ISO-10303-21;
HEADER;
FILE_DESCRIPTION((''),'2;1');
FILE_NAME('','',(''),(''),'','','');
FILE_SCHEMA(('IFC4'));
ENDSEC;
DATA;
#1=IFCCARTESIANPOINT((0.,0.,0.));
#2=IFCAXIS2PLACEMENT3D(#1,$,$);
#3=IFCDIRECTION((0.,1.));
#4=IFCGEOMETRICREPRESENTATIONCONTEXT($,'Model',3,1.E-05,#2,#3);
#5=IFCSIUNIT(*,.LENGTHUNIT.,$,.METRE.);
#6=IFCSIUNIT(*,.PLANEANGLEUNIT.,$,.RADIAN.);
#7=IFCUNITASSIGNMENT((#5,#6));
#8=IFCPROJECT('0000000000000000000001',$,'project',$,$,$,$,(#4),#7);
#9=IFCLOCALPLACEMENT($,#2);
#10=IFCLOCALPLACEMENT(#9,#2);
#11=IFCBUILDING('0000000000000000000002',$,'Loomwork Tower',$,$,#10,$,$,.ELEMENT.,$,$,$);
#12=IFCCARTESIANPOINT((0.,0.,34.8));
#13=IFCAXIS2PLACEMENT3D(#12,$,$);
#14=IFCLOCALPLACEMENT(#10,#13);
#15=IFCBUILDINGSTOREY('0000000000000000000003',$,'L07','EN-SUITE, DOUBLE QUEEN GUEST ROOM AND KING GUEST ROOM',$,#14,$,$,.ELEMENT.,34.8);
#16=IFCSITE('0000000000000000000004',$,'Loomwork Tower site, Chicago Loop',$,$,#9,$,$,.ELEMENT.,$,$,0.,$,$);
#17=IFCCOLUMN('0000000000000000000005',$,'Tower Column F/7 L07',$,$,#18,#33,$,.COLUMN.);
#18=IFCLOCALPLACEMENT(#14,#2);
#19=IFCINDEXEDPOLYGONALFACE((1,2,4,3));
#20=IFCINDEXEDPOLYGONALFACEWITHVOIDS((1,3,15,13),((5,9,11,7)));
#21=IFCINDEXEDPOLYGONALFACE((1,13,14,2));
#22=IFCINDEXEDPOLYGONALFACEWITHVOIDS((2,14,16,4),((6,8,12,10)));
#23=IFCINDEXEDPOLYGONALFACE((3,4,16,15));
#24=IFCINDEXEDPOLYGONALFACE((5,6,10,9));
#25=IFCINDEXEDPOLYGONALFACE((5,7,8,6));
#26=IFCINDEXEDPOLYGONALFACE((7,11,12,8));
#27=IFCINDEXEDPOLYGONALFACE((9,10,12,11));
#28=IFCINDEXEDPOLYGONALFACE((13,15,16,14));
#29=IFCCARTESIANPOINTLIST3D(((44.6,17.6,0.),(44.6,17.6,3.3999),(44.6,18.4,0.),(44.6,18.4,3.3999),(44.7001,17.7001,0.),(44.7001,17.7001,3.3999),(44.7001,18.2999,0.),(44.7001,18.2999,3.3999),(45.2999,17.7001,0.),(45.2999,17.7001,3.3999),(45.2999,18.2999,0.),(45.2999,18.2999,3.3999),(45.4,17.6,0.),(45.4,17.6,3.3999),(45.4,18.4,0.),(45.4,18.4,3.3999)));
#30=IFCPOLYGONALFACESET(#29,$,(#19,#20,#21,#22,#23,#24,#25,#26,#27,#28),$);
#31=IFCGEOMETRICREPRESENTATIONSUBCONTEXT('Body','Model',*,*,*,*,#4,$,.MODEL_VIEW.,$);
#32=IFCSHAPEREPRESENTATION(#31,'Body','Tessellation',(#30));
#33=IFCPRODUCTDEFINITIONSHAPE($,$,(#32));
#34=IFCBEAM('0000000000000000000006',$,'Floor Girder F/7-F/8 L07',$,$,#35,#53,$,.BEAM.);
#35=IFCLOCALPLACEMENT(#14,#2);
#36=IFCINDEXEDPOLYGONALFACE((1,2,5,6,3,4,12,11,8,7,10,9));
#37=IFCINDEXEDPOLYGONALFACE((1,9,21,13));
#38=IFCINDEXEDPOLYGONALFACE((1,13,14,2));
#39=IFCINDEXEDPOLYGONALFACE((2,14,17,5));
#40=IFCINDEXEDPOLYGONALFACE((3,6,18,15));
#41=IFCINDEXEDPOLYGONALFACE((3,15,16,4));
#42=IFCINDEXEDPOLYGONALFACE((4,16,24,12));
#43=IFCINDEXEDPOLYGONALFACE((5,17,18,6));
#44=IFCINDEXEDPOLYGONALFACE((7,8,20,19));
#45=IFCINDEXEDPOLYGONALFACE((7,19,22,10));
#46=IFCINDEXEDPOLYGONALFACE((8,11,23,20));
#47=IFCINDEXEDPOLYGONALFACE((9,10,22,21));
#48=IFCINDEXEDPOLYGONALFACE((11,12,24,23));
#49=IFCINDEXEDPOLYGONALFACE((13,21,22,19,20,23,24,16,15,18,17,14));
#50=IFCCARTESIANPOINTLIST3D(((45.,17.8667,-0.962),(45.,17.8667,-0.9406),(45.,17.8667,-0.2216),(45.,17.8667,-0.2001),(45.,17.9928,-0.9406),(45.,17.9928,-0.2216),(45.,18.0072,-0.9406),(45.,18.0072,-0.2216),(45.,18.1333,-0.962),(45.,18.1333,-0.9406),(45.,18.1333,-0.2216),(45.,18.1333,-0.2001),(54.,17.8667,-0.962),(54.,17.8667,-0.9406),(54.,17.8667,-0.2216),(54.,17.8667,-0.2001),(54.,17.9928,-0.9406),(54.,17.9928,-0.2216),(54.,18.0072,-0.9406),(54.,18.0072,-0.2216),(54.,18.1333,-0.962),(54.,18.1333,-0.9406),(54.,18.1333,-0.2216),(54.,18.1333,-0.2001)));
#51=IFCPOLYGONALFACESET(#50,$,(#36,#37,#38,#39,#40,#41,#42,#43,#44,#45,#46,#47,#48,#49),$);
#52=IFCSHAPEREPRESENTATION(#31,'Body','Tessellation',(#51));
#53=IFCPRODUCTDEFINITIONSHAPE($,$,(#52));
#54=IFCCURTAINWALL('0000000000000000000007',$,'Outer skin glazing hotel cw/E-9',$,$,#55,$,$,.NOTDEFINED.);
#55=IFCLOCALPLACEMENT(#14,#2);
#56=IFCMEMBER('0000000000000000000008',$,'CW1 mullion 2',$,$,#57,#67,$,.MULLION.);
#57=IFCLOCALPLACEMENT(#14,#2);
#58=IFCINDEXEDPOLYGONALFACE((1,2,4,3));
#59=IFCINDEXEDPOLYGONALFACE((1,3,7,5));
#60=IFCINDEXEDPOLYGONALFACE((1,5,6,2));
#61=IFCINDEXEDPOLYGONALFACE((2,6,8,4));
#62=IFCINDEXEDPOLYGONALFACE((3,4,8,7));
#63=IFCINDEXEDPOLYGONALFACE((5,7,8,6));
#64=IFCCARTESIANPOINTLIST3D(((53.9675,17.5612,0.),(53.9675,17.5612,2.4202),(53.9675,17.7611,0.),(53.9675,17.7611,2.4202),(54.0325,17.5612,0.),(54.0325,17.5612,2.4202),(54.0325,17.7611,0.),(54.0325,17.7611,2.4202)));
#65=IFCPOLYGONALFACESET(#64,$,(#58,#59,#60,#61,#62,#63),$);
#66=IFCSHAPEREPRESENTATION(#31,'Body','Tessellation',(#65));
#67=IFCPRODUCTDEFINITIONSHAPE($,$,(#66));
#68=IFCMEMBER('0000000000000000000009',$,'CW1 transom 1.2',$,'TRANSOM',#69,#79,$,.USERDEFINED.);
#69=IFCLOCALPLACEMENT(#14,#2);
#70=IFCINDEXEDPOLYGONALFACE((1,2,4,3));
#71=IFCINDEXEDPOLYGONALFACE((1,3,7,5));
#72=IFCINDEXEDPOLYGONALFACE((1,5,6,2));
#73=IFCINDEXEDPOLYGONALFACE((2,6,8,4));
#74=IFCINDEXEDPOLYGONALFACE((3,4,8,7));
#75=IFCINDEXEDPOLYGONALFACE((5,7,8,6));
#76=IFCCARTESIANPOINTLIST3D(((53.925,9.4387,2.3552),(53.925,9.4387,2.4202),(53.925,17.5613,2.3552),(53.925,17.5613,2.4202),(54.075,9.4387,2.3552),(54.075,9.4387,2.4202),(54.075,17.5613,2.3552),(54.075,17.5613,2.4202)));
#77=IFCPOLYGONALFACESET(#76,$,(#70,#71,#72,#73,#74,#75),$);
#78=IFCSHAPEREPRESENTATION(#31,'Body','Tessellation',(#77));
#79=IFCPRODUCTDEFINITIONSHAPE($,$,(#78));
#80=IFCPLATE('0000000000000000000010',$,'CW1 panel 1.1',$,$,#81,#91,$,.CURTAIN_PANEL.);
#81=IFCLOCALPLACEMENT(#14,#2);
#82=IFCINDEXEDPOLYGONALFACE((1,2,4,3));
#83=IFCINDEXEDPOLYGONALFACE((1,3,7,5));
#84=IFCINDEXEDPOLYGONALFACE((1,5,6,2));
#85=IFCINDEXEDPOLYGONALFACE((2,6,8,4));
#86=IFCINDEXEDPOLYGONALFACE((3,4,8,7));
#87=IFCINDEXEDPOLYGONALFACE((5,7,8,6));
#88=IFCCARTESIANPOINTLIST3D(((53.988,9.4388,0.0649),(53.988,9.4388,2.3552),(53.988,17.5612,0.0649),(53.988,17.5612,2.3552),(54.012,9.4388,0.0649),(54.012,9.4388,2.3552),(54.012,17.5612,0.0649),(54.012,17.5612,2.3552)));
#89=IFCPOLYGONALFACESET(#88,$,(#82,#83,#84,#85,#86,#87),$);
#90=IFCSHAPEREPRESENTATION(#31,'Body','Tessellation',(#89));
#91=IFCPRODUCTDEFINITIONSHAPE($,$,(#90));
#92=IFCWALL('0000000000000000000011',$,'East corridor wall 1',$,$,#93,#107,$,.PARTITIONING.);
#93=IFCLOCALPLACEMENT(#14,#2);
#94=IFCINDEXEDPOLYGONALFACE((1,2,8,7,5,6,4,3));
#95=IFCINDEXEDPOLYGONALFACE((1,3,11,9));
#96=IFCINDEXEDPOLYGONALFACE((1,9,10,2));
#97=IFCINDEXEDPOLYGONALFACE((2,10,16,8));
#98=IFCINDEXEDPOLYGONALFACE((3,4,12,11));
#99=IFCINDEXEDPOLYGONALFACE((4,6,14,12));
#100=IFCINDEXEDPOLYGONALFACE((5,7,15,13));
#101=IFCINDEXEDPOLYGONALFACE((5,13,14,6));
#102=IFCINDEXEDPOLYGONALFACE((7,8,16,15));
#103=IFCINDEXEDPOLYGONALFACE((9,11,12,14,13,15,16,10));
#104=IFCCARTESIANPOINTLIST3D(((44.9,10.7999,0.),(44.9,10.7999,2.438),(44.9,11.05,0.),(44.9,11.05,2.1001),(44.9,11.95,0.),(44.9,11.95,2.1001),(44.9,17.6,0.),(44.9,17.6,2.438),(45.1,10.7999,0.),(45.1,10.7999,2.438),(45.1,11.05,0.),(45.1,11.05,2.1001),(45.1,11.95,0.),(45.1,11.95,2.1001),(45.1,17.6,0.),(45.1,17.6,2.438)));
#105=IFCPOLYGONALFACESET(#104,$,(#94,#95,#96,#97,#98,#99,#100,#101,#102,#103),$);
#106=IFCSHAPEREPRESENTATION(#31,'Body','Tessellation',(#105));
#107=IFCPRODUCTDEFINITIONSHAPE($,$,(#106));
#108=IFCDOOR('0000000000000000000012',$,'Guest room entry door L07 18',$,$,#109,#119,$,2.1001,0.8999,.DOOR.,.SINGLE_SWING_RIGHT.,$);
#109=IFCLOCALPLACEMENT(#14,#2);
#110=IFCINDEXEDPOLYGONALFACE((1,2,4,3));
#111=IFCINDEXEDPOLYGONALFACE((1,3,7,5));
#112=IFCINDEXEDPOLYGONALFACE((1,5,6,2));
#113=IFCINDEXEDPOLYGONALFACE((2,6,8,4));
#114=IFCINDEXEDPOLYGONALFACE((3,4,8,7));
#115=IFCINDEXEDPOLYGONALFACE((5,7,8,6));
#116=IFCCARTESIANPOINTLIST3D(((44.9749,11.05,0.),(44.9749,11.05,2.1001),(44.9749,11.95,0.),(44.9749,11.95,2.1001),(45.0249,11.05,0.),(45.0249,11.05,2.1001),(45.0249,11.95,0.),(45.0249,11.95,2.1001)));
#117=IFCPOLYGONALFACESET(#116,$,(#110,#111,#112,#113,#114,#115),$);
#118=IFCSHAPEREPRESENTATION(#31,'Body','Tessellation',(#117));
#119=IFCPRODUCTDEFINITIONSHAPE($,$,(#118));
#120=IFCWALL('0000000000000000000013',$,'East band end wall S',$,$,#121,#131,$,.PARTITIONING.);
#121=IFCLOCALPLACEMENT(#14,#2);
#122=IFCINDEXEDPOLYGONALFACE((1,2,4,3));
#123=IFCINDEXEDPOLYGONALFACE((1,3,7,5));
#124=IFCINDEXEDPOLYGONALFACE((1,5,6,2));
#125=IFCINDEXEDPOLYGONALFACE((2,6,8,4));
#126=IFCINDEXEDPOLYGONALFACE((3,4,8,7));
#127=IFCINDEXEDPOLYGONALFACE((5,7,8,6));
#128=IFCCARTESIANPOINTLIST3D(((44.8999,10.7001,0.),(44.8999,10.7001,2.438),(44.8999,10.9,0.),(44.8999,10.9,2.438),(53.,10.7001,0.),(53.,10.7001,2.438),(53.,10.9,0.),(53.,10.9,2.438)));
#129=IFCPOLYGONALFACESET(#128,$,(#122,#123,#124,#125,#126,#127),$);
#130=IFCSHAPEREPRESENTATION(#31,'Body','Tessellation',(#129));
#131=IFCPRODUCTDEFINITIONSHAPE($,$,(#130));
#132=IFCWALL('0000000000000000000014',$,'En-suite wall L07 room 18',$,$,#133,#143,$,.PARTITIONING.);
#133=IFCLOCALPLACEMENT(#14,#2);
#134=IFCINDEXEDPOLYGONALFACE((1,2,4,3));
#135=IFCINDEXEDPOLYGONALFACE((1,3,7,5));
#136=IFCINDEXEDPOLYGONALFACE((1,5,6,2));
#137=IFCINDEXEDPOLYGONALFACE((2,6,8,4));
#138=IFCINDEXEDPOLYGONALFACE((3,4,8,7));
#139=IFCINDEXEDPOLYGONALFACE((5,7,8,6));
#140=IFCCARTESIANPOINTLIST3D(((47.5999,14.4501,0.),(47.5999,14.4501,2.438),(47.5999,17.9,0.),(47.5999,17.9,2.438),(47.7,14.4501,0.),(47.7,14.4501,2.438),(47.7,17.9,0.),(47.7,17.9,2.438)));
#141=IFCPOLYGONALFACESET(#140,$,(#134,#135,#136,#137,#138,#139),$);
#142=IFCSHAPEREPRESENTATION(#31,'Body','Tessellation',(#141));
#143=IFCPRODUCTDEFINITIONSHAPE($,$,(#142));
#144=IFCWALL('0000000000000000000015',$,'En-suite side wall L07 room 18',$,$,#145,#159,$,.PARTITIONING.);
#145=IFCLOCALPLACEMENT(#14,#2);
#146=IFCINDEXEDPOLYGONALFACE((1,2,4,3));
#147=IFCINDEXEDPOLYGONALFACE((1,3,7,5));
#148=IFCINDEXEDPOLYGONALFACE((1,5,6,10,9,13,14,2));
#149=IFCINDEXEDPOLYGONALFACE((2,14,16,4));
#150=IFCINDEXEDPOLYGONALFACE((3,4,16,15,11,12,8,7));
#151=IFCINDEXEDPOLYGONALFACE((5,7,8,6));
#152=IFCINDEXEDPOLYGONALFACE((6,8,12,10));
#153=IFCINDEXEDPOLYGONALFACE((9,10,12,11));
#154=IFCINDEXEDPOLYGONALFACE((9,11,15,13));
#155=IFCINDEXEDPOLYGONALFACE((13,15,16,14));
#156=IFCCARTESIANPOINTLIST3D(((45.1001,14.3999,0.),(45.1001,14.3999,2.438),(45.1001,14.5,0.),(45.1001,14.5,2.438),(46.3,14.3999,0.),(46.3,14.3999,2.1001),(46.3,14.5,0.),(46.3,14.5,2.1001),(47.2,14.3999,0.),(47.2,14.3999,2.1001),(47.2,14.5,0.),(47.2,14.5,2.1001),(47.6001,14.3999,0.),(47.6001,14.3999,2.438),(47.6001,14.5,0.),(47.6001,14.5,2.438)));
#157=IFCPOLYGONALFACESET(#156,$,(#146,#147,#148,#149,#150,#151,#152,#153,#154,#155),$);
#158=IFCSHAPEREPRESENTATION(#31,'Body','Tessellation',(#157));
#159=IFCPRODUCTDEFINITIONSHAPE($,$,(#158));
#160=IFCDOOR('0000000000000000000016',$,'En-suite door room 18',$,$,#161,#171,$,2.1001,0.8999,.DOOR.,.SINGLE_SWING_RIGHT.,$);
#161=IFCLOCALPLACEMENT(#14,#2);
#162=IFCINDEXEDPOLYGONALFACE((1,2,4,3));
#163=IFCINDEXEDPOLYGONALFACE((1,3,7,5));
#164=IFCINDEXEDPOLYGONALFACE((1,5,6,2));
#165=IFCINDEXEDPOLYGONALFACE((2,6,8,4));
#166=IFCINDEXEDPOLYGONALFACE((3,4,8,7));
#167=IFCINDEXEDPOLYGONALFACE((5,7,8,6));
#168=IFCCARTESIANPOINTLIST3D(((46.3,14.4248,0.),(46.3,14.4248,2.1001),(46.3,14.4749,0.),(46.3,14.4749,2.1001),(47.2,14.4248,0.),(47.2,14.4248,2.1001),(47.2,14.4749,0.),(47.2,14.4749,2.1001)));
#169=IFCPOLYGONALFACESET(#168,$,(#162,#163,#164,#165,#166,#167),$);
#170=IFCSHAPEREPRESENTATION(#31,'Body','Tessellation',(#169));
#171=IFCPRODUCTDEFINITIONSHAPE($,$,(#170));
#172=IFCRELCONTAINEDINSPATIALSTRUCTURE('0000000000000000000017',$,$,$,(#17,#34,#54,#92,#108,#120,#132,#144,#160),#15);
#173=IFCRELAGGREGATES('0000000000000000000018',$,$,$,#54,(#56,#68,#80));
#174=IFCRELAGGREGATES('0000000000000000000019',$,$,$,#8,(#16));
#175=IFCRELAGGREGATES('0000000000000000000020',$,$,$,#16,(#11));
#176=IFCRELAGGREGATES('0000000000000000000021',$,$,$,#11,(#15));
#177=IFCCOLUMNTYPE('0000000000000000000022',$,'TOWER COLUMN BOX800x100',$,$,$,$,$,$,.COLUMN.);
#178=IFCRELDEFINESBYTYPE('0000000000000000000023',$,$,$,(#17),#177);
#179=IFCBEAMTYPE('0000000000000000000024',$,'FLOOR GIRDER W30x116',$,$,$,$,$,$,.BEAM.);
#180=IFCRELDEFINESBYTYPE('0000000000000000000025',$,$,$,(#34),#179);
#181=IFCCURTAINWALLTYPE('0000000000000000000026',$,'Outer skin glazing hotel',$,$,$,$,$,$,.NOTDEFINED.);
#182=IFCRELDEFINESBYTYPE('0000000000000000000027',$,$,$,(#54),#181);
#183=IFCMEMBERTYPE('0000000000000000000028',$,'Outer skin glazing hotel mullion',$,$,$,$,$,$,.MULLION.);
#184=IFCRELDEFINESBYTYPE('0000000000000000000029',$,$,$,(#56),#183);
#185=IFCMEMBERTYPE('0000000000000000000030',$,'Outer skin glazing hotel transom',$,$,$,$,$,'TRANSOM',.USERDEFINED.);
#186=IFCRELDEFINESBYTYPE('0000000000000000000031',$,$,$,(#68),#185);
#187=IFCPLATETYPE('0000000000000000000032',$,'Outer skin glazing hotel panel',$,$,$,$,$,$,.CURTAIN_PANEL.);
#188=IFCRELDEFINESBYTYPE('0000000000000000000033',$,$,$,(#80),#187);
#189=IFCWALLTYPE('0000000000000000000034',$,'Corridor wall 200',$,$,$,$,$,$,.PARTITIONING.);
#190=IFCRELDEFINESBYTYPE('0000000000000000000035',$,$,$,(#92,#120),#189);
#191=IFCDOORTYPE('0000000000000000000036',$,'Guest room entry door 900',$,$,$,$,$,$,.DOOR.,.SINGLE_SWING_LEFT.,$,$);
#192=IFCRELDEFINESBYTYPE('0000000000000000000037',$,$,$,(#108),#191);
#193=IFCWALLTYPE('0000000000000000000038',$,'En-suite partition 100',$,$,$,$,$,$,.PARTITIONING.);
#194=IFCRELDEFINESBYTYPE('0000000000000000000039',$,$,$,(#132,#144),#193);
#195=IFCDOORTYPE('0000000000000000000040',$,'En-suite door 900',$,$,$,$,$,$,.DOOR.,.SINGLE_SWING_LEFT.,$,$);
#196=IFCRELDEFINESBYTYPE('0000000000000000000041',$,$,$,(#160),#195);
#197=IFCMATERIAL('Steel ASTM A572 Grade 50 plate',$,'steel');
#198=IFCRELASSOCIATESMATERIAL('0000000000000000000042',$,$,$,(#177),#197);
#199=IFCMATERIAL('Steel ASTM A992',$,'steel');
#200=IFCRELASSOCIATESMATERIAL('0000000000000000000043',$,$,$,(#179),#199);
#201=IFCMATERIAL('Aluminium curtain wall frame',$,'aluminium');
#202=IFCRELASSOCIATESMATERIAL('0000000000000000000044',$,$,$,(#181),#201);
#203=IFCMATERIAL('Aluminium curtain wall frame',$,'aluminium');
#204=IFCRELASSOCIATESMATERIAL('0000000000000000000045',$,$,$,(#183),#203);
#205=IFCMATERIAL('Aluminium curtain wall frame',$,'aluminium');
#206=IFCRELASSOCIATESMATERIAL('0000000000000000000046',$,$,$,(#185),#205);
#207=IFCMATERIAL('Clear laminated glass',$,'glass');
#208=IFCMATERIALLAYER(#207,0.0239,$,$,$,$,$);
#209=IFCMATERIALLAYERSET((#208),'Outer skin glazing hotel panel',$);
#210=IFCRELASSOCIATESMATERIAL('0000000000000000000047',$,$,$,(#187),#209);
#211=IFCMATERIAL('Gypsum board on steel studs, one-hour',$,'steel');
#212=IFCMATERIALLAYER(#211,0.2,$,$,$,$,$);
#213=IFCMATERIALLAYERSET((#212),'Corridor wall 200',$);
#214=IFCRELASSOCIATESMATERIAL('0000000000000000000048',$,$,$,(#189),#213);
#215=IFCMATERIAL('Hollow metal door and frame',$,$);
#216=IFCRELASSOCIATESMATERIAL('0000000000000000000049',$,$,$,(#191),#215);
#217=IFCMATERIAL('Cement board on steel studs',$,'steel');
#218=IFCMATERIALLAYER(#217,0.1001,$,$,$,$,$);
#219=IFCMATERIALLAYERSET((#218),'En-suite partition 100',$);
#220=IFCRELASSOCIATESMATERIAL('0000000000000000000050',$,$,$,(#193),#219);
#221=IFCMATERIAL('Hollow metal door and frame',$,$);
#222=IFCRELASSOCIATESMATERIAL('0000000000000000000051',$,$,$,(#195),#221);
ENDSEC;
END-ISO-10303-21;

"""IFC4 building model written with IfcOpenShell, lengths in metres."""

from ifc_helpers import new_model, si_unit, direction, frame, frame_2d, origin, origin_2d, place, context, subcontext, project, spatial, rectangle, hollow_rectangle, i_section, extrude, material, layer, layer_set, material_profile, profile_set, type_object, element, fill, aggregate, save


model = new_model("IFC4")

# Units and contexts
model_context = context("Model", 3, precision=1e-05, world=origin(), true_north=direction((0.0, 1.0)))
body_context = subcontext(model_context, "Body", "Model", "MODEL_VIEW")
ifc_project = project(units=[si_unit("LENGTHUNIT", "METRE"), si_unit("PLANEANGLEUNIT", "RADIAN")], contexts=[model_context])

# Site, building, storey
site_placement = place(None, origin())
site = spatial("IfcSite", under=ifc_project, at=site_placement, Name="Loomwork Tower site, Chicago Loop", CompositionType="ELEMENT", RefElevation=0.0)
building_placement = place(site_placement, origin())
building = spatial("IfcBuilding", under=site, at=building_placement, Name="Loomwork Tower", CompositionType="ELEMENT")
storey_placement = place(building_placement, frame((0.0, 0.0, 34.8)))
storey = spatial("IfcBuildingStorey", under=building, at=storey_placement, Name="L07", Description="EN-SUITE, DOUBLE QUEEN GUEST ROOM AND KING GUEST ROOM", CompositionType="ELEMENT", Elevation=34.8)

# Column
ifc_material_1 = material(Name="Steel ASTM A572 Grade 50 plate", Category="steel")
ifc_material_profile_1 = material_profile(ifc_material_1, hollow_rectangle(XDim=0.8, YDim=0.8, WallThickness=0.1001, at=origin_2d()), Name="BOX800x100")
ifc_profile_set_1 = profile_set([ifc_material_profile_1], Name="Steel ASTM A572 Grade 50 plate")
column_type = type_object("IfcColumnType", Name="TOWER COLUMN BOX800x100", PredefinedType="COLUMN", material=ifc_profile_set_1)
column_placement = place(storey_placement, frame((45.0, 18.0, 0.0), z_axis=(0.0, 0.0, 1.0), x_axis=(0.0, 1.0, 0.0)))
element("IfcColumn", 1, at=column_placement, inside=storey, type_object=column_type, Name="Tower Column F/7 L07", PredefinedType="COLUMN", context=body_context, shape_type="SweptSolid", body=[
    extrude(hollow_rectangle(XDim=0.8, YDim=0.8, WallThickness=0.1001, at=origin_2d()), origin(), (0.0, 0.0, 1.0), 3.3999),
])

# Beam
ifc_material_2 = material(Name="Steel ASTM A992", Category="steel")
ifc_material_profile_2 = material_profile(ifc_material_2, i_section(OverallWidth=0.2666, OverallDepth=0.762, WebThickness=0.0144, FlangeThickness=0.0215, at=origin_2d()), Name="W30x116")
ifc_profile_set_2 = profile_set([ifc_material_profile_2], Name="Steel ASTM A992")
beam_type = type_object("IfcBeamType", Name="FLOOR GIRDER W30x116", PredefinedType="BEAM", material=ifc_profile_set_2)
beam_placement = place(storey_placement, frame((45.0, 18.0, -0.5811), z_axis=(1.0, 0.0, 0.0), x_axis=(0.0, 1.0, 0.0)))
element("IfcBeam", 2, at=beam_placement, inside=storey, type_object=beam_type, Name="Floor Girder F/7-F/8 L07", PredefinedType="BEAM", context=body_context, shape_type="SweptSolid", body=[
    extrude(i_section(OverallWidth=0.2666, OverallDepth=0.762, WebThickness=0.0144, FlangeThickness=0.0215, at=origin_2d()), origin(), (0.0, 0.0, 1.0), 9.0),
])

# Curtain wall, members, plate
ifc_material_3 = material(Name="Aluminium curtain wall frame", Category="aluminium")
curtain_wall_type = type_object("IfcCurtainWallType", Name="Outer skin glazing hotel", PredefinedType="NOTDEFINED", material=ifc_material_3)
curtain_wall_placement = place(storey_placement, origin())
curtain_wall = element("IfcCurtainWall", 3, at=curtain_wall_placement, inside=storey, type_object=curtain_wall_type, Name="Outer skin glazing hotel cw/E-9", PredefinedType="NOTDEFINED")
ifc_material_4 = material(Name="Aluminium curtain wall frame", Category="aluminium")
ifc_material_profile_3 = material_profile(ifc_material_4, rectangle(XDim=0.0649, YDim=0.2, at=origin_2d()), Name="AL 65x200")
ifc_profile_set_3 = profile_set([ifc_material_profile_3], Name="Aluminium curtain wall frame")
member_type_1 = type_object("IfcMemberType", Name="Outer skin glazing hotel mullion", PredefinedType="MULLION", material=ifc_profile_set_3)
member_1_placement = place(storey_placement, frame((54.0, 17.6611, 0.0), z_axis=(0.0, 0.0, 1.0), x_axis=(-1.0, 0.0, 0.0)))
member_1 = element("IfcMember", 4, at=member_1_placement, type_object=member_type_1, Name="CW1 mullion 2", PredefinedType="MULLION", context=body_context, shape_type="SweptSolid", body=[
    extrude(rectangle(XDim=0.0649, YDim=0.2, at=origin_2d()), origin(), (0.0, 0.0, 1.0), 2.4202),
])
ifc_material_5 = material(Name="Aluminium curtain wall frame", Category="aluminium")
ifc_material_profile_4 = material_profile(ifc_material_5, rectangle(XDim=0.1499, YDim=0.0649, at=origin_2d()), Name="AL 65x150")
ifc_profile_set_4 = profile_set([ifc_material_profile_4], Name="Aluminium curtain wall frame")
member_type_2 = type_object("IfcMemberType", Name="Outer skin glazing hotel transom", ElementType="TRANSOM", PredefinedType="USERDEFINED", material=ifc_profile_set_4)
member_2_placement = place(storey_placement, frame((54.0, 9.4387, 2.3877), z_axis=(0.0, 1.0, 0.0), x_axis=(-1.0, 0.0, 0.0)))
member_2 = element("IfcMember", 5, at=member_2_placement, type_object=member_type_2, Name="CW1 transom 1.2", ObjectType="TRANSOM", PredefinedType="USERDEFINED", context=body_context, shape_type="SweptSolid", body=[
    extrude(rectangle(XDim=0.1499, YDim=0.0649, at=origin_2d()), origin(), (0.0, 0.0, 1.0), 8.1226),
])
ifc_material_6 = material(Name="Clear laminated glass", Category="glass")
ifc_layer_1 = layer(ifc_material_6, 0.0239)
ifc_layer_set_1 = layer_set([ifc_layer_1], Name="Outer skin glazing hotel panel")
plate_type = type_object("IfcPlateType", Name="Outer skin glazing hotel panel", PredefinedType="CURTAIN_PANEL", material=ifc_layer_set_1)
plate_placement = place(storey_placement, frame((54.0, 13.5, 0.0649), z_axis=(0.0, 0.0, 1.0), x_axis=(0.0, 1.0, 0.0)))
plate = element("IfcPlate", 6, at=plate_placement, type_object=plate_type, Name="CW1 panel 1.1", PredefinedType="CURTAIN_PANEL", context=body_context, shape_type="SweptSolid", body=[
    extrude(rectangle(XDim=8.1223, YDim=0.0239, at=origin_2d()), origin(), (0.0, 0.0, 1.0), 2.2903),
])
aggregate(curtain_wall, [member_1, member_2, plate])

# Wall, opening, door
ifc_material_7 = material(Name="Gypsum board on steel studs, one-hour", Category="steel")
ifc_layer_2 = layer(ifc_material_7, 0.2)
ifc_layer_set_2 = layer_set([ifc_layer_2], Name="Corridor wall 200")
wall_type_1 = type_object("IfcWallType", Name="Corridor wall 200", PredefinedType="PARTITIONING", material=ifc_layer_set_2)
wall_1_placement = place(storey_placement, frame((45.0, 10.8, 0.0), z_axis=(0.0, 0.0, 1.0), x_axis=(0.0, 1.0, 0.0)))
wall_1 = element("IfcWall", 7, at=wall_1_placement, inside=storey, type_object=wall_type_1, Name="East corridor wall 1", PredefinedType="PARTITIONING", context=body_context, shape_type="SweptSolid", body=[
    extrude(rectangle(XDim=6.8, YDim=0.2, at=frame_2d((3.3999, 0.0))), origin(), (0.0, 0.0, 1.0), 2.438),
])
opening_1_placement = place(wall_1_placement, frame((0.25, 0.0, 0.0)))
opening_1 = element("IfcOpeningElement", 8, at=opening_1_placement, cuts=wall_1, PredefinedType="OPENING", context=body_context, shape_type="SweptSolid", body=[
    extrude(rectangle(XDim=0.8999, YDim=2.1001, at=frame_2d((0.45, 1.05))), frame((0.0, 0.1099, 0.0), z_axis=(0.0, -1.0, 0.0), x_axis=(1.0, 0.0, 0.0)), (0.0, 0.0, 1.0), 0.22),
])
ifc_material_8 = material(Name="Hollow metal door and frame")
door_type_1 = type_object("IfcDoorType", Name="Guest room entry door 900", OperationType="SINGLE_SWING_LEFT", PredefinedType="DOOR", material=ifc_material_8)
door_1_placement = place(opening_1_placement, frame((0.8999, 0.0, 0.0), z_axis=(0.0, 0.0, 1.0), x_axis=(-1.0, 0.0, 0.0)))
door_1 = element("IfcDoor", 9, at=door_1_placement, inside=storey, type_object=door_type_1, Name="Guest room entry door L07 18", OperationType="SINGLE_SWING_RIGHT", OverallHeight=2.1001, OverallWidth=0.8999, PredefinedType="DOOR", context=body_context, shape_type="SweptSolid", body=[
    extrude(rectangle(XDim=0.8999, YDim=2.1001, at=frame_2d((0.45, 1.05))), frame((0.0, 0.0249, 0.0), z_axis=(0.0, -1.0, 0.0), x_axis=(1.0, 0.0, 0.0)), (0.0, 0.0, 1.0), 0.05),
])
fill(opening_1, door_1)

# Walls
wall_2_placement = place(storey_placement, frame((44.8999, 10.8, 0.0), z_axis=(0.0, 0.0, 1.0), x_axis=(1.0, 0.0, 0.0)))
element("IfcWall", 10, at=wall_2_placement, inside=storey, type_object=wall_type_1, Name="East band end wall S", PredefinedType="PARTITIONING", context=body_context, shape_type="SweptSolid", body=[
    extrude(rectangle(XDim=8.1001, YDim=0.2, at=frame_2d((4.05, 0.0))), origin(), (0.0, 0.0, 1.0), 2.438),
])
ifc_material_9 = material(Name="Cement board on steel studs", Category="steel")
ifc_layer_3 = layer(ifc_material_9, 0.1001)
ifc_layer_set_3 = layer_set([ifc_layer_3], Name="En-suite partition 100")
wall_type_2 = type_object("IfcWallType", Name="En-suite partition 100", PredefinedType="PARTITIONING", material=ifc_layer_set_3)
wall_3_placement = place(storey_placement, frame((47.6499, 14.45, 0.0), z_axis=(0.0, 0.0, 1.0), x_axis=(0.0, 1.0, 0.0)))
element("IfcWall", 11, at=wall_3_placement, inside=storey, type_object=wall_type_2, Name="En-suite wall L07 room 18", PredefinedType="PARTITIONING", context=body_context, shape_type="SweptSolid", body=[
    extrude(rectangle(XDim=3.45, YDim=0.1001, at=frame_2d((1.7251, 0.0))), origin(), (0.0, 0.0, 1.0), 2.438),
])

# Wall, opening, door
wall_4_placement = place(storey_placement, frame((45.1001, 14.45, 0.0), z_axis=(0.0, 0.0, 1.0), x_axis=(1.0, 0.0, 0.0)))
wall_4 = element("IfcWall", 12, at=wall_4_placement, inside=storey, type_object=wall_type_2, Name="En-suite side wall L07 room 18", PredefinedType="PARTITIONING", context=body_context, shape_type="SweptSolid", body=[
    extrude(rectangle(XDim=2.5, YDim=0.1001, at=frame_2d((1.25, 0.0))), origin(), (0.0, 0.0, 1.0), 2.438),
])
opening_2_placement = place(wall_4_placement, frame((1.2, 0.0, 0.0)))
opening_2 = element("IfcOpeningElement", 13, at=opening_2_placement, cuts=wall_4, PredefinedType="OPENING", context=body_context, shape_type="SweptSolid", body=[
    extrude(rectangle(XDim=0.8999, YDim=2.1001, at=frame_2d((0.45, 1.05))), frame((0.0, 0.0601, 0.0), z_axis=(0.0, -1.0, 0.0), x_axis=(1.0, 0.0, 0.0)), (0.0, 0.0, 1.0), 0.1201),
])
ifc_material_10 = material(Name="Hollow metal door and frame")
door_type_2 = type_object("IfcDoorType", Name="En-suite door 900", OperationType="SINGLE_SWING_LEFT", PredefinedType="DOOR", material=ifc_material_10)
door_2_placement = place(opening_2_placement, origin())
door_2 = element("IfcDoor", 14, at=door_2_placement, inside=storey, type_object=door_type_2, Name="En-suite door room 18", OperationType="SINGLE_SWING_RIGHT", OverallHeight=2.1001, OverallWidth=0.8999, PredefinedType="DOOR", context=body_context, shape_type="SweptSolid", body=[
    extrude(rectangle(XDim=0.8999, YDim=2.1001, at=frame_2d((0.45, 1.05))), frame((0.0, 0.0249, 0.0), z_axis=(0.0, -1.0, 0.0), x_axis=(1.0, 0.0, 0.0)), (0.0, 0.0, 1.0), 0.05),
])
fill(opening_2, door_2)

save(model, "model.ifc")
